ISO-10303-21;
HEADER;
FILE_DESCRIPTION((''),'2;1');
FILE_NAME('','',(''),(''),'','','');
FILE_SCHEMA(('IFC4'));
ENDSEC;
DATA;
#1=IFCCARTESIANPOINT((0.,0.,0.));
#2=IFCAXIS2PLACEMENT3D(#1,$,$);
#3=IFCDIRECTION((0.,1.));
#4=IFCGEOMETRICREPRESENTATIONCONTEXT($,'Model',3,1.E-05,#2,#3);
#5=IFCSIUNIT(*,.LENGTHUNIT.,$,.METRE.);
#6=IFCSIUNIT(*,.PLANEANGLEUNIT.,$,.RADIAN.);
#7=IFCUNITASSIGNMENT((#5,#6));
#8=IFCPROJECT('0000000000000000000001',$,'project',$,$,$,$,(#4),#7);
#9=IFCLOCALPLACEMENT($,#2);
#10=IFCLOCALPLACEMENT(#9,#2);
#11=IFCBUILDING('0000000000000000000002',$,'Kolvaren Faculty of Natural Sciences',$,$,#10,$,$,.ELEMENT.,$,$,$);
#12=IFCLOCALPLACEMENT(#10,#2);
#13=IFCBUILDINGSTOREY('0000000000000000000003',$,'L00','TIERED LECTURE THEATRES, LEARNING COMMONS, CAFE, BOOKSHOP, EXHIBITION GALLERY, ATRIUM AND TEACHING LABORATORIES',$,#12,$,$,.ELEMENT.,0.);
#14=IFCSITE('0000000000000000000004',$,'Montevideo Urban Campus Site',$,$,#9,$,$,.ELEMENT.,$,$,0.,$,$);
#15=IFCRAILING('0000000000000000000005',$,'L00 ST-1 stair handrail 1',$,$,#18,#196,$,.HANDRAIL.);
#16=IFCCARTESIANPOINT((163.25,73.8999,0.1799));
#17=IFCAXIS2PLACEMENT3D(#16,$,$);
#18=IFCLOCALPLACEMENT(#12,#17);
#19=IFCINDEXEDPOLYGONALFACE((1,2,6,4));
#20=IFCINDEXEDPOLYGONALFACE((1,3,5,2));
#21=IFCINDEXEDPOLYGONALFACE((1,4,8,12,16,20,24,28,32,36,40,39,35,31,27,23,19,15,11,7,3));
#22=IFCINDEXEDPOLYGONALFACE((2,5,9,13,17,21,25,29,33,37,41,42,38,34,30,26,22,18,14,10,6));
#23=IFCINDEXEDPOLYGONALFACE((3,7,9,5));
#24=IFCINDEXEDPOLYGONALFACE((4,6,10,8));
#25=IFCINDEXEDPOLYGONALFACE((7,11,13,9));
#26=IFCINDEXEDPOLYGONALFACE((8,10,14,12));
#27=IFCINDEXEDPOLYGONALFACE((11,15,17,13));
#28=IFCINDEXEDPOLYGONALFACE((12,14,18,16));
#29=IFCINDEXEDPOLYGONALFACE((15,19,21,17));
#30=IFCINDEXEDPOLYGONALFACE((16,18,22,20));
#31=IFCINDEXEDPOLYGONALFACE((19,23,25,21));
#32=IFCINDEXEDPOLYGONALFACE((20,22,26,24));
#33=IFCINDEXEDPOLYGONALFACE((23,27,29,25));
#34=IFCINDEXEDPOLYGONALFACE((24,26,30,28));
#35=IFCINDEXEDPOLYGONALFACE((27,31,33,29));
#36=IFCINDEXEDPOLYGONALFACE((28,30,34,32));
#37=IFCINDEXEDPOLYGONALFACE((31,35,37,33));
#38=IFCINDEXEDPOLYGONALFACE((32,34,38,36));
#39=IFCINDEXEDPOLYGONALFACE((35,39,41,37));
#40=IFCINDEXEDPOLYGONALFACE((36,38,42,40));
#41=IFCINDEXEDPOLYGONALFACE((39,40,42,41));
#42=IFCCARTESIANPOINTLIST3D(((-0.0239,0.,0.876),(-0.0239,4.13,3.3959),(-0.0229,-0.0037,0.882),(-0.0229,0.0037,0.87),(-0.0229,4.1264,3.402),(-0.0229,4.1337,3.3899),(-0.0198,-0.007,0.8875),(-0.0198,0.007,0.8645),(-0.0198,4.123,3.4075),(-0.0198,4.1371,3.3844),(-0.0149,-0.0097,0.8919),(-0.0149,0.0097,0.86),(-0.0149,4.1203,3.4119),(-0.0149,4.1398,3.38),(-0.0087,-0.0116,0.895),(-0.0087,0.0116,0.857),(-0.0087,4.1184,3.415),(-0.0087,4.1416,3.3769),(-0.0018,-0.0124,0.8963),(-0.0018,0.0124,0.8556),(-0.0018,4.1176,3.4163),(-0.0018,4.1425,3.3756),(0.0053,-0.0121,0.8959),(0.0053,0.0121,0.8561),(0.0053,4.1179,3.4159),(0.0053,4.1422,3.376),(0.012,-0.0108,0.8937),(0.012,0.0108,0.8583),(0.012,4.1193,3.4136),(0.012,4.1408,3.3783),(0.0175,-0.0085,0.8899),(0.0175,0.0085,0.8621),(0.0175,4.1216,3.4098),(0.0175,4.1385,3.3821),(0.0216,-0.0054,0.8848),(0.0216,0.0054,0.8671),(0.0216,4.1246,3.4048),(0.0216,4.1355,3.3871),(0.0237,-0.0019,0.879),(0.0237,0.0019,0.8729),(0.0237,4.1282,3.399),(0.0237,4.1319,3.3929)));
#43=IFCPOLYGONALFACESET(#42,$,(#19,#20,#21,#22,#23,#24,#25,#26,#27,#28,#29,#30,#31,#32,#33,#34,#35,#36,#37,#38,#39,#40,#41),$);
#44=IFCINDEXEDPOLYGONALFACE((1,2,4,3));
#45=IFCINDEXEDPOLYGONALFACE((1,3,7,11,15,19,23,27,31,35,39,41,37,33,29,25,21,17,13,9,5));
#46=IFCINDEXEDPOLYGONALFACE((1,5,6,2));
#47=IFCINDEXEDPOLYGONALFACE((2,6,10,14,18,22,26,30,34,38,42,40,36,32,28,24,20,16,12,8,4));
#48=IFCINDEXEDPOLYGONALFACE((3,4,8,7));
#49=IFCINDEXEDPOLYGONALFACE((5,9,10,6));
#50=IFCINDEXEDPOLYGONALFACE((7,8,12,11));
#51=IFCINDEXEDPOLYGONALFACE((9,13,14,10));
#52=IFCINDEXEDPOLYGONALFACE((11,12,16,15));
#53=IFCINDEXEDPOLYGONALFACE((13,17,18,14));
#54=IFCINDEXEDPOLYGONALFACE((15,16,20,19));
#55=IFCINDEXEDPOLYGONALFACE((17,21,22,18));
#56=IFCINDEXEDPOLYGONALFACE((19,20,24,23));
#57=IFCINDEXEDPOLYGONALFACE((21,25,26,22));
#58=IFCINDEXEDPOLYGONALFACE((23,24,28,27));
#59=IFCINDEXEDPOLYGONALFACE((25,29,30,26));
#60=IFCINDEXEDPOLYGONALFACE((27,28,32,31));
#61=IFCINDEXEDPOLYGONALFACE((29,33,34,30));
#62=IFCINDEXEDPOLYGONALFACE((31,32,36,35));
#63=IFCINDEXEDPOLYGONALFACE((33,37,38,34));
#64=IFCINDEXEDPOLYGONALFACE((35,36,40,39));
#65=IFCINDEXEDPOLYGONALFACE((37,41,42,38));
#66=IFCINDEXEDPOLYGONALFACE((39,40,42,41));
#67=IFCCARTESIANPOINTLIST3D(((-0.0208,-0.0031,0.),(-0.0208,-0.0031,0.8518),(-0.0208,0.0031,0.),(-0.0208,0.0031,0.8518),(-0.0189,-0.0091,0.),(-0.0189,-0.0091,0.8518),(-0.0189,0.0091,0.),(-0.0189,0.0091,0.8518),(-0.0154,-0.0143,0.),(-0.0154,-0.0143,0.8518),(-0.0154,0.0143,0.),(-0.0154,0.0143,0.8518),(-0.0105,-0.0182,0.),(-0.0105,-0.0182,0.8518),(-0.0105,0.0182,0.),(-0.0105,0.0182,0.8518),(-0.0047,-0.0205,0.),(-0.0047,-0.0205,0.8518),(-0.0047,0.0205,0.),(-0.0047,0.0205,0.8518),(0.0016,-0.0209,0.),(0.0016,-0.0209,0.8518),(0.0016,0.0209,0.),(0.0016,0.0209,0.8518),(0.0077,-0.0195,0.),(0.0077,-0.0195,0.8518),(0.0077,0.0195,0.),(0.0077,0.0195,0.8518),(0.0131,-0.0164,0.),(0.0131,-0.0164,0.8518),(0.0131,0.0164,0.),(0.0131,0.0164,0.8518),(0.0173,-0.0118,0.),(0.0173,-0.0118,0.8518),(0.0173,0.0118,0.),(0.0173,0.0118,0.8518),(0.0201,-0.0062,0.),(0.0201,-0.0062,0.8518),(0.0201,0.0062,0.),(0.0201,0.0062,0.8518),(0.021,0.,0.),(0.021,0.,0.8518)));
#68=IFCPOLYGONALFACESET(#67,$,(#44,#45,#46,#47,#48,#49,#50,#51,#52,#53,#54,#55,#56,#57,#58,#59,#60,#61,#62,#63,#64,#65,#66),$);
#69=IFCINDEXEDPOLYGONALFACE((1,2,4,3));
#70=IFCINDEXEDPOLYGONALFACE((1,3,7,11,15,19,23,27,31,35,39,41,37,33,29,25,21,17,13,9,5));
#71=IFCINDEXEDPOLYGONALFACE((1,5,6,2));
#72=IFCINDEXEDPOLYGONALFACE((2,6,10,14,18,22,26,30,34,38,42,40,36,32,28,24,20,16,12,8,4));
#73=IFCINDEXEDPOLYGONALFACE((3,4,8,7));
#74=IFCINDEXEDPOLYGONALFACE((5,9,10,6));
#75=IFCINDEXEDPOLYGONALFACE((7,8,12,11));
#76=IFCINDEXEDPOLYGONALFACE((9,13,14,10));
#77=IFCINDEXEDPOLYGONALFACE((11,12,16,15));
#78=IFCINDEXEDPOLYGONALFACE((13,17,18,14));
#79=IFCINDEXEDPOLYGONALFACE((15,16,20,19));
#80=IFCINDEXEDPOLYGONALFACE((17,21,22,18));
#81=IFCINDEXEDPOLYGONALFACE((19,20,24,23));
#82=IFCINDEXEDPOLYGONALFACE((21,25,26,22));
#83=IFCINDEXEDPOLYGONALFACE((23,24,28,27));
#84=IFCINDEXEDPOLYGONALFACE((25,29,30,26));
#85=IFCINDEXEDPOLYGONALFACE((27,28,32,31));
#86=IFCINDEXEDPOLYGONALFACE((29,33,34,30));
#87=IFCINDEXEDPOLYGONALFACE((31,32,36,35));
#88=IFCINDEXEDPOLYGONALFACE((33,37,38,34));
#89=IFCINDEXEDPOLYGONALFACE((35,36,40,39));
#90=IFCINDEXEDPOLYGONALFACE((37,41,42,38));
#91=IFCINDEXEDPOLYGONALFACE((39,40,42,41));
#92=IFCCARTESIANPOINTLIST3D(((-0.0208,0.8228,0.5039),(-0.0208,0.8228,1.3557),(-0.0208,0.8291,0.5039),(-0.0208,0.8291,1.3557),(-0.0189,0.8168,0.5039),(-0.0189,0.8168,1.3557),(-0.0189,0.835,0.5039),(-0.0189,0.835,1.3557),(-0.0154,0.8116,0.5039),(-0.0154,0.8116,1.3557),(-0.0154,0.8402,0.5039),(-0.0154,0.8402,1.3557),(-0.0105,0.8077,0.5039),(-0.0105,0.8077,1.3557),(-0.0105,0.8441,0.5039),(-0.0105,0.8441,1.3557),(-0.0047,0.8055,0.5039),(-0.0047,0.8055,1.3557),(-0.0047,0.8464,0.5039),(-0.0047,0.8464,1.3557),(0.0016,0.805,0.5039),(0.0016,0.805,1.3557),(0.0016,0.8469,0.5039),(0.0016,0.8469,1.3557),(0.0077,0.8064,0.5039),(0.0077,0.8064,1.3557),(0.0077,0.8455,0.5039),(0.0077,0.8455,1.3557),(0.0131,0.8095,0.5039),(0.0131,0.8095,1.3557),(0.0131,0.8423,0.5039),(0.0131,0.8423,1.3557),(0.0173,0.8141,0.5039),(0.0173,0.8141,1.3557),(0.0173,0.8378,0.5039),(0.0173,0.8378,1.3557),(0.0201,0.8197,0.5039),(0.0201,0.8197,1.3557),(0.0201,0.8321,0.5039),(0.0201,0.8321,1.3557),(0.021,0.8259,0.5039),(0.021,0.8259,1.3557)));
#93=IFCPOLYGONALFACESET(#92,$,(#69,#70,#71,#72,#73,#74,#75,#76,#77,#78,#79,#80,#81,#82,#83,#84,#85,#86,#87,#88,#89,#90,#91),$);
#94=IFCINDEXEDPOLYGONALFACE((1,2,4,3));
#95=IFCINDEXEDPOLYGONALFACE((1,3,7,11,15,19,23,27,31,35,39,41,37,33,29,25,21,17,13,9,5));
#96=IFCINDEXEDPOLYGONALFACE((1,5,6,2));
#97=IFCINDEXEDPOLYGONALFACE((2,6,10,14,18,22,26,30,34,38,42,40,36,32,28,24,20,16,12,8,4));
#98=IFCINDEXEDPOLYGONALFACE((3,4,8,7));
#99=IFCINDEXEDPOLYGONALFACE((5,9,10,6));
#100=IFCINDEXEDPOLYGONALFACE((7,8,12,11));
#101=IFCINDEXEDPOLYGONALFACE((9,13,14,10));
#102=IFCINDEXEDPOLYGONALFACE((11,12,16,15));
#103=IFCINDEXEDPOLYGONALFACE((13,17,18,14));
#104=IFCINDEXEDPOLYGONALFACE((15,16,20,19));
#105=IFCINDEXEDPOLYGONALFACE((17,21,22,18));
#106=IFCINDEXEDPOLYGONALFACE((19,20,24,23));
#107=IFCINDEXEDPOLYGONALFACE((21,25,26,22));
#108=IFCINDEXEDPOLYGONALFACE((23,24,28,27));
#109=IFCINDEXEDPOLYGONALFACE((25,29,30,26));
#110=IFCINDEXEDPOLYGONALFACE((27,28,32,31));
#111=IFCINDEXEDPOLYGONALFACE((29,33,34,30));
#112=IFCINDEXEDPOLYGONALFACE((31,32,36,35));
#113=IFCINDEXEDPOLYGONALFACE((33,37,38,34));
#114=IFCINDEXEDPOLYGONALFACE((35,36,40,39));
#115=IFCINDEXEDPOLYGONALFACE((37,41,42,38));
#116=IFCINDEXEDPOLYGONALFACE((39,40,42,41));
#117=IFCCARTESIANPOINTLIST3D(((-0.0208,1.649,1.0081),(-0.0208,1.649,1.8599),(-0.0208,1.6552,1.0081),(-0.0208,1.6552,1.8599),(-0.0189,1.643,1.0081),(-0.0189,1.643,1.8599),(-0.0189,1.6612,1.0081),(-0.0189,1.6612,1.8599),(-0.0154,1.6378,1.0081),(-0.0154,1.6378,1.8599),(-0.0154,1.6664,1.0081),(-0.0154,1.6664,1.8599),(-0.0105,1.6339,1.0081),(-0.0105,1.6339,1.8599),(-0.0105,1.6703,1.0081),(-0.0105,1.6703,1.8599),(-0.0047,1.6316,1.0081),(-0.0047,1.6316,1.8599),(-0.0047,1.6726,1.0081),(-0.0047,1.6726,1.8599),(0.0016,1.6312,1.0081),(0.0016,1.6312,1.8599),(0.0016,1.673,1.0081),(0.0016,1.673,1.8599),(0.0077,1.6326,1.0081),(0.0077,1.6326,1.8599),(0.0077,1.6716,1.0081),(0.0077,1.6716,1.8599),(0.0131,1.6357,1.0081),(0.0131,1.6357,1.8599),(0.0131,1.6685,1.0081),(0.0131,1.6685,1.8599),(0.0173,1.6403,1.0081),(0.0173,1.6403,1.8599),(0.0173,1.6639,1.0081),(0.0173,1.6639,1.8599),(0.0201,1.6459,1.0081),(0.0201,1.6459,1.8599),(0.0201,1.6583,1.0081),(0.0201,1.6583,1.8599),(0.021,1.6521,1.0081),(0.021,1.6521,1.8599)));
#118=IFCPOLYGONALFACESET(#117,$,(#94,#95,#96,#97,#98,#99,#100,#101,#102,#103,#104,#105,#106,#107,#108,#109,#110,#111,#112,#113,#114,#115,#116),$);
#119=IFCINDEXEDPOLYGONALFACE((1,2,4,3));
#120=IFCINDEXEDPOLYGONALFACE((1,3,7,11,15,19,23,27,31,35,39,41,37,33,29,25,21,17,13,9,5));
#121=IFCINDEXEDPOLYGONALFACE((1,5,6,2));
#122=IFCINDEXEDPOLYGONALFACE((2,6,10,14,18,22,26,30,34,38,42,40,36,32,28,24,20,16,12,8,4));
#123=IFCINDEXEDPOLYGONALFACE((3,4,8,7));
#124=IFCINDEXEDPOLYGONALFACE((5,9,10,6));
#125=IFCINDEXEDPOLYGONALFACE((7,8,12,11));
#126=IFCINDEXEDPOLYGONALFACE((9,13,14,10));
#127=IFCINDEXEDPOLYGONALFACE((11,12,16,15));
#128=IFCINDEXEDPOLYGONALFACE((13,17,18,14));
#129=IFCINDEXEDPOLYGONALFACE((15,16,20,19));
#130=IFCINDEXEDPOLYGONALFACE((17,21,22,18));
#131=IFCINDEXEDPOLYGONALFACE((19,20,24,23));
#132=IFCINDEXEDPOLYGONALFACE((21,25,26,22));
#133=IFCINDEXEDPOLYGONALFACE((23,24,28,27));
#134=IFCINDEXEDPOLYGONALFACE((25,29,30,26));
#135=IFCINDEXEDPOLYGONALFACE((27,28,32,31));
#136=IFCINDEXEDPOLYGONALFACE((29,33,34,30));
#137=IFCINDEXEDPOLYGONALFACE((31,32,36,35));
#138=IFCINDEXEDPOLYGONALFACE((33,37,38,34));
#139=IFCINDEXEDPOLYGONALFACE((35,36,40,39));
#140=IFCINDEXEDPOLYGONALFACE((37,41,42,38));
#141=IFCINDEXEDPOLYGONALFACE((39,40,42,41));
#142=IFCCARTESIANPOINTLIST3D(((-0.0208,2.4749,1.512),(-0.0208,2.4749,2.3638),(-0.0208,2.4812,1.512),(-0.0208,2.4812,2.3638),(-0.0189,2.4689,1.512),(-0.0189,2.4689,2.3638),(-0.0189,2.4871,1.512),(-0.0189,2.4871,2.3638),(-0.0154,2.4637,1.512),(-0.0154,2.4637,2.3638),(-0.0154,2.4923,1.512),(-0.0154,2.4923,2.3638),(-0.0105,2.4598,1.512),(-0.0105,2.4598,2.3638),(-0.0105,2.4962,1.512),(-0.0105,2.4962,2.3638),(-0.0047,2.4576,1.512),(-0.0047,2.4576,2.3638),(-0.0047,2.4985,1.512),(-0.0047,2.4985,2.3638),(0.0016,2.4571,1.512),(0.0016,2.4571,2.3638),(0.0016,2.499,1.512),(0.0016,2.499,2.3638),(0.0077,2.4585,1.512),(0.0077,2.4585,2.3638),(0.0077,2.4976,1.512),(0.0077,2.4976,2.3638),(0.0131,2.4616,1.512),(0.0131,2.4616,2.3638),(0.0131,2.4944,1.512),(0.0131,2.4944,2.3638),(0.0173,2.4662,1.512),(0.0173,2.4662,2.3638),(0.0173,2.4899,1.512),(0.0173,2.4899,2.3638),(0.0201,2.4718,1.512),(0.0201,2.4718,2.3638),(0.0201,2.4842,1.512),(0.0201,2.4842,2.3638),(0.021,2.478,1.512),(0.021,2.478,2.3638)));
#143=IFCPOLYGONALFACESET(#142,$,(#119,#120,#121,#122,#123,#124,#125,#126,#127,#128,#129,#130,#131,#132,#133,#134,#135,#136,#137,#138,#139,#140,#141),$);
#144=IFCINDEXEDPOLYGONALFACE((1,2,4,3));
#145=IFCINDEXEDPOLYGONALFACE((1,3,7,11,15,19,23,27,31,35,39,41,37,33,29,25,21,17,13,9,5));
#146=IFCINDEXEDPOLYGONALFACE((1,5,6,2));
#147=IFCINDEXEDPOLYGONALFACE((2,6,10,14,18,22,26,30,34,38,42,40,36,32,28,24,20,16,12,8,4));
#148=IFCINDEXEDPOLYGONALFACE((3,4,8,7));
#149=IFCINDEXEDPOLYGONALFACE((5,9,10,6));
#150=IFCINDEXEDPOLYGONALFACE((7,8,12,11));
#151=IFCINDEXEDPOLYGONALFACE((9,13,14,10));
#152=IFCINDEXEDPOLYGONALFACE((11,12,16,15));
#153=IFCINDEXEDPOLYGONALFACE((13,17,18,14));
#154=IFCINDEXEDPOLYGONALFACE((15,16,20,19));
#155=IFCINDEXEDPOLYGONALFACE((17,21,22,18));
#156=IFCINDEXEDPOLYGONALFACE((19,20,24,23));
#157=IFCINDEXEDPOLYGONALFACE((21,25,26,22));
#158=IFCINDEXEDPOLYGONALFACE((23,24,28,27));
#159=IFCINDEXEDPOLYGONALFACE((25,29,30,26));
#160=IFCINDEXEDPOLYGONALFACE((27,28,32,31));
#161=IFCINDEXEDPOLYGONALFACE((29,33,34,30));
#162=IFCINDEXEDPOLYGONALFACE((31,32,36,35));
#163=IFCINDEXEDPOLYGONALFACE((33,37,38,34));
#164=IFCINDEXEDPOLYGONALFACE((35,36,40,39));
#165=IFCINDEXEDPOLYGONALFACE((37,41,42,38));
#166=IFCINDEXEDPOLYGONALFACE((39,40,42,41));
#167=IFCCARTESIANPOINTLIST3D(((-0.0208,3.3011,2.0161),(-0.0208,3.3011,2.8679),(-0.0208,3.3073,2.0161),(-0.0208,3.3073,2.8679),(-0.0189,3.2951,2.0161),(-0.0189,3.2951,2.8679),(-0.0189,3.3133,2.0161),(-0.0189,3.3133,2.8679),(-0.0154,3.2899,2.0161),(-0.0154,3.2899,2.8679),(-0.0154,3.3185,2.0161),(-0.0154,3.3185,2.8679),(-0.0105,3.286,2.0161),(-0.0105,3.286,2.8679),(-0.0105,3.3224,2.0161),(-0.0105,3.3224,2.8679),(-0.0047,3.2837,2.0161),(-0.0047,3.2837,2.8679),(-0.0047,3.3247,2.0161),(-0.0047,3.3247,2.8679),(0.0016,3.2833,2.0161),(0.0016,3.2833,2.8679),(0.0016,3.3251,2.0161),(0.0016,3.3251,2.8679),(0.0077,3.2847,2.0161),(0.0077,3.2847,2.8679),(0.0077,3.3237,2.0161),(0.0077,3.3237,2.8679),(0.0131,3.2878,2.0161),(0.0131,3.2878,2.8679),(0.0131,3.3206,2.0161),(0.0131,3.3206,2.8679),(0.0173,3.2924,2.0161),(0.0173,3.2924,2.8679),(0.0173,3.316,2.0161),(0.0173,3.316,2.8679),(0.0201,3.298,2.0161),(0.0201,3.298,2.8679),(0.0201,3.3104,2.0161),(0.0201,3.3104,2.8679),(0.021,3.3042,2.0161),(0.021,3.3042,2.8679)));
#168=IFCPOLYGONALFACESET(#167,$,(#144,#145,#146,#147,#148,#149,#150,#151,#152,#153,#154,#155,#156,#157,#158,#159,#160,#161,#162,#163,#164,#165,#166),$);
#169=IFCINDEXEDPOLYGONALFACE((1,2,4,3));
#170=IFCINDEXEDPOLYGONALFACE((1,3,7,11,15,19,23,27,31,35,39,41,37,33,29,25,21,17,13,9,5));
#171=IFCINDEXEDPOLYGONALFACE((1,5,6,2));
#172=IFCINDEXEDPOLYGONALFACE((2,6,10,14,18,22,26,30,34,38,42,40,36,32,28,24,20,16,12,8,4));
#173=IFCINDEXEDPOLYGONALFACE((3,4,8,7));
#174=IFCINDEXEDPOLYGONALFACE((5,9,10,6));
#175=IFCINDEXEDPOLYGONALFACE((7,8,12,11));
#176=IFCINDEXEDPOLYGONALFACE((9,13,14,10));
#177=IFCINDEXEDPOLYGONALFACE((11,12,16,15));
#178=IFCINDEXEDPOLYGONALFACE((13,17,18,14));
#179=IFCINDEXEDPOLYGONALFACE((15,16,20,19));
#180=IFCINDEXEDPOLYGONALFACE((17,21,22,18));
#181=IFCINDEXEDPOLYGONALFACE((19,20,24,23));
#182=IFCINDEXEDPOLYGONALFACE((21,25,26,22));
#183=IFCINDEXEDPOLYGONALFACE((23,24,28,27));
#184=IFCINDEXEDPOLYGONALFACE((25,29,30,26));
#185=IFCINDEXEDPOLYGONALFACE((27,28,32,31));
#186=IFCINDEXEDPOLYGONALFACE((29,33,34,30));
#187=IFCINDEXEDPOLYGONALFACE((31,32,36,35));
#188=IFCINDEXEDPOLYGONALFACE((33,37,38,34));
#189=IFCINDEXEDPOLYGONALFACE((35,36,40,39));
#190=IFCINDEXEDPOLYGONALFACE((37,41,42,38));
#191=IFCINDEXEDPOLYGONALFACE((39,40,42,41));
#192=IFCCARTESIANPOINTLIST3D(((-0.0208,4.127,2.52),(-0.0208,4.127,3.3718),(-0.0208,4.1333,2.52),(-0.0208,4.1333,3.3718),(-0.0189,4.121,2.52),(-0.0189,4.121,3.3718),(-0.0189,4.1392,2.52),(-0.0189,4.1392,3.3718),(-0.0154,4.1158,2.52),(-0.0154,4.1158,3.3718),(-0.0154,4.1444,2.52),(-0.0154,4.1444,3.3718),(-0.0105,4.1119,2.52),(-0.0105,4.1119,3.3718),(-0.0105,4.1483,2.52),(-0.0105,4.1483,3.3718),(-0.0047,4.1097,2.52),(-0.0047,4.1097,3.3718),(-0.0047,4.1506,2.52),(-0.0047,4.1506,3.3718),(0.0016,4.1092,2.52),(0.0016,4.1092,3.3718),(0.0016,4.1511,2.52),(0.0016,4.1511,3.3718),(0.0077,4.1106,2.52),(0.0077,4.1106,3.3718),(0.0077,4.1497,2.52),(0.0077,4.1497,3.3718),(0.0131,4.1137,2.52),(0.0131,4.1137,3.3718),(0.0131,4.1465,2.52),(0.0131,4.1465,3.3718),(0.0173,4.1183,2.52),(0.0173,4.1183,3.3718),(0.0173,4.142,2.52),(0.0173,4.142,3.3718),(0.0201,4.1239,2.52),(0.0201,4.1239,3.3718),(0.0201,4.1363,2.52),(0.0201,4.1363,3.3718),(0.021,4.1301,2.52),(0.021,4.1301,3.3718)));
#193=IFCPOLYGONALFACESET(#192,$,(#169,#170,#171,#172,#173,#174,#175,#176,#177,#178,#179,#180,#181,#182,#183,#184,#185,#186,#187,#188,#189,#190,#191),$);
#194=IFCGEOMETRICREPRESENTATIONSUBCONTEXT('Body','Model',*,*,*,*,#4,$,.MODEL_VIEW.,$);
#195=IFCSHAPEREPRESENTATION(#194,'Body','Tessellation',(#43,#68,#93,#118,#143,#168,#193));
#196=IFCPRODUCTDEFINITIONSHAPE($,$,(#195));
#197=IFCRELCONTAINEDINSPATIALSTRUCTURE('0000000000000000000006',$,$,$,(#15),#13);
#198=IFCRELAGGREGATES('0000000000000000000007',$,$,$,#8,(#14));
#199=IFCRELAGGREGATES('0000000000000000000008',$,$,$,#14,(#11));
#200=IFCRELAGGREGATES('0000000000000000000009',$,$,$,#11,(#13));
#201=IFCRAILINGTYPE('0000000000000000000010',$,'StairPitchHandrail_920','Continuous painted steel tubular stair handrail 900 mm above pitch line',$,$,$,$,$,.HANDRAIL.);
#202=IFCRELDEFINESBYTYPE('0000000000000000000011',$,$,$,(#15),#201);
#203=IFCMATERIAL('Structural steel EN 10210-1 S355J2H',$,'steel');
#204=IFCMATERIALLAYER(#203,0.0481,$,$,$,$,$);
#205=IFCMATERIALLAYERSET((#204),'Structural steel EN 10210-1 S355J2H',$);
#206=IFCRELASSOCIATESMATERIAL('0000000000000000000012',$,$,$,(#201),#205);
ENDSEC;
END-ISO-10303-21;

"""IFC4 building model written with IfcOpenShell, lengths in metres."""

from ifc_helpers import new_model, si_unit, direction, frame, origin, origin_2d, place, context, subcontext, project, spatial, circle, extrude, material, layer, layer_set, type_object, element, save


model = new_model("IFC4")

# Units and contexts
model_context = context("Model", 3, precision=1e-05, world=origin(), true_north=direction((0.0, 1.0)))
body_context = subcontext(model_context, "Body", "Model", "MODEL_VIEW")
ifc_project = project(units=[si_unit("LENGTHUNIT", "METRE"), si_unit("PLANEANGLEUNIT", "RADIAN")], contexts=[model_context])

# Site, building, storey
site_placement = place(None, origin())
site = spatial("IfcSite", under=ifc_project, at=site_placement, Name="Montevideo Urban Campus Site", CompositionType="ELEMENT", RefElevation=0.0)
building_placement = place(site_placement, origin())
building = spatial("IfcBuilding", under=site, at=building_placement, Name="Kolvaren Faculty of Natural Sciences", CompositionType="ELEMENT")
storey_placement = place(building_placement, origin())
storey = spatial("IfcBuildingStorey", under=building, at=storey_placement, Name="L00", Description="TIERED LECTURE THEATRES, LEARNING COMMONS, CAFE, BOOKSHOP, EXHIBITION GALLERY, ATRIUM AND TEACHING LABORATORIES", CompositionType="ELEMENT", Elevation=0.0)

# Railing
ifc_material_1 = material(Name="Structural steel EN 10210-1 S355J2H", Category="steel")
ifc_layer_1 = layer(ifc_material_1, 0.0481)
ifc_layer_set_1 = layer_set([ifc_layer_1], Name="Structural steel EN 10210-1 S355J2H")
railing_type_1 = type_object("IfcRailingType", Name="StairPitchHandrail_920", Description="Continuous painted steel tubular stair handrail 900 mm above pitch line", PredefinedType="HANDRAIL", material=ifc_layer_set_1)
railing_1_placement = place(storey_placement, frame((163.25, 73.8999, 0.1799)))
element("IfcRailing", 1, at=railing_1_placement, inside=storey, type_object=railing_type_1, Name="L00 ST-1 stair handrail 1", PredefinedType="HANDRAIL", context=body_context, shape_type="SweptSolid", body=[
    extrude(circle(Radius=0.0239, at=origin_2d()), frame((0.0, 0.0, 0.876), z_axis=(0.0, 0.853645, 0.520856), x_axis=(-1.0, 0.0, 0.0)), (0.0, 0.0, 1.0), 4.8381),
    extrude(circle(Radius=0.021, at=origin_2d()), origin(), (0.0, 0.0, 1.0), 0.8518),
    extrude(circle(Radius=0.021, at=origin_2d()), frame((0.0, 0.8259, 0.5039)), (0.0, 0.0, 1.0), 0.8518),
    extrude(circle(Radius=0.021, at=origin_2d()), frame((0.0, 1.6521, 1.0081)), (0.0, 0.0, 1.0), 0.8518),
    extrude(circle(Radius=0.021, at=origin_2d()), frame((0.0, 2.478, 1.512)), (0.0, 0.0, 1.0), 0.8518),
    extrude(circle(Radius=0.021, at=origin_2d()), frame((0.0, 3.3042, 2.0161)), (0.0, 0.0, 1.0), 0.8518),
    extrude(circle(Radius=0.021, at=origin_2d()), frame((0.0, 4.1301, 2.52)), (0.0, 0.0, 1.0), 0.8518),
])

save(model, "model.ifc")
